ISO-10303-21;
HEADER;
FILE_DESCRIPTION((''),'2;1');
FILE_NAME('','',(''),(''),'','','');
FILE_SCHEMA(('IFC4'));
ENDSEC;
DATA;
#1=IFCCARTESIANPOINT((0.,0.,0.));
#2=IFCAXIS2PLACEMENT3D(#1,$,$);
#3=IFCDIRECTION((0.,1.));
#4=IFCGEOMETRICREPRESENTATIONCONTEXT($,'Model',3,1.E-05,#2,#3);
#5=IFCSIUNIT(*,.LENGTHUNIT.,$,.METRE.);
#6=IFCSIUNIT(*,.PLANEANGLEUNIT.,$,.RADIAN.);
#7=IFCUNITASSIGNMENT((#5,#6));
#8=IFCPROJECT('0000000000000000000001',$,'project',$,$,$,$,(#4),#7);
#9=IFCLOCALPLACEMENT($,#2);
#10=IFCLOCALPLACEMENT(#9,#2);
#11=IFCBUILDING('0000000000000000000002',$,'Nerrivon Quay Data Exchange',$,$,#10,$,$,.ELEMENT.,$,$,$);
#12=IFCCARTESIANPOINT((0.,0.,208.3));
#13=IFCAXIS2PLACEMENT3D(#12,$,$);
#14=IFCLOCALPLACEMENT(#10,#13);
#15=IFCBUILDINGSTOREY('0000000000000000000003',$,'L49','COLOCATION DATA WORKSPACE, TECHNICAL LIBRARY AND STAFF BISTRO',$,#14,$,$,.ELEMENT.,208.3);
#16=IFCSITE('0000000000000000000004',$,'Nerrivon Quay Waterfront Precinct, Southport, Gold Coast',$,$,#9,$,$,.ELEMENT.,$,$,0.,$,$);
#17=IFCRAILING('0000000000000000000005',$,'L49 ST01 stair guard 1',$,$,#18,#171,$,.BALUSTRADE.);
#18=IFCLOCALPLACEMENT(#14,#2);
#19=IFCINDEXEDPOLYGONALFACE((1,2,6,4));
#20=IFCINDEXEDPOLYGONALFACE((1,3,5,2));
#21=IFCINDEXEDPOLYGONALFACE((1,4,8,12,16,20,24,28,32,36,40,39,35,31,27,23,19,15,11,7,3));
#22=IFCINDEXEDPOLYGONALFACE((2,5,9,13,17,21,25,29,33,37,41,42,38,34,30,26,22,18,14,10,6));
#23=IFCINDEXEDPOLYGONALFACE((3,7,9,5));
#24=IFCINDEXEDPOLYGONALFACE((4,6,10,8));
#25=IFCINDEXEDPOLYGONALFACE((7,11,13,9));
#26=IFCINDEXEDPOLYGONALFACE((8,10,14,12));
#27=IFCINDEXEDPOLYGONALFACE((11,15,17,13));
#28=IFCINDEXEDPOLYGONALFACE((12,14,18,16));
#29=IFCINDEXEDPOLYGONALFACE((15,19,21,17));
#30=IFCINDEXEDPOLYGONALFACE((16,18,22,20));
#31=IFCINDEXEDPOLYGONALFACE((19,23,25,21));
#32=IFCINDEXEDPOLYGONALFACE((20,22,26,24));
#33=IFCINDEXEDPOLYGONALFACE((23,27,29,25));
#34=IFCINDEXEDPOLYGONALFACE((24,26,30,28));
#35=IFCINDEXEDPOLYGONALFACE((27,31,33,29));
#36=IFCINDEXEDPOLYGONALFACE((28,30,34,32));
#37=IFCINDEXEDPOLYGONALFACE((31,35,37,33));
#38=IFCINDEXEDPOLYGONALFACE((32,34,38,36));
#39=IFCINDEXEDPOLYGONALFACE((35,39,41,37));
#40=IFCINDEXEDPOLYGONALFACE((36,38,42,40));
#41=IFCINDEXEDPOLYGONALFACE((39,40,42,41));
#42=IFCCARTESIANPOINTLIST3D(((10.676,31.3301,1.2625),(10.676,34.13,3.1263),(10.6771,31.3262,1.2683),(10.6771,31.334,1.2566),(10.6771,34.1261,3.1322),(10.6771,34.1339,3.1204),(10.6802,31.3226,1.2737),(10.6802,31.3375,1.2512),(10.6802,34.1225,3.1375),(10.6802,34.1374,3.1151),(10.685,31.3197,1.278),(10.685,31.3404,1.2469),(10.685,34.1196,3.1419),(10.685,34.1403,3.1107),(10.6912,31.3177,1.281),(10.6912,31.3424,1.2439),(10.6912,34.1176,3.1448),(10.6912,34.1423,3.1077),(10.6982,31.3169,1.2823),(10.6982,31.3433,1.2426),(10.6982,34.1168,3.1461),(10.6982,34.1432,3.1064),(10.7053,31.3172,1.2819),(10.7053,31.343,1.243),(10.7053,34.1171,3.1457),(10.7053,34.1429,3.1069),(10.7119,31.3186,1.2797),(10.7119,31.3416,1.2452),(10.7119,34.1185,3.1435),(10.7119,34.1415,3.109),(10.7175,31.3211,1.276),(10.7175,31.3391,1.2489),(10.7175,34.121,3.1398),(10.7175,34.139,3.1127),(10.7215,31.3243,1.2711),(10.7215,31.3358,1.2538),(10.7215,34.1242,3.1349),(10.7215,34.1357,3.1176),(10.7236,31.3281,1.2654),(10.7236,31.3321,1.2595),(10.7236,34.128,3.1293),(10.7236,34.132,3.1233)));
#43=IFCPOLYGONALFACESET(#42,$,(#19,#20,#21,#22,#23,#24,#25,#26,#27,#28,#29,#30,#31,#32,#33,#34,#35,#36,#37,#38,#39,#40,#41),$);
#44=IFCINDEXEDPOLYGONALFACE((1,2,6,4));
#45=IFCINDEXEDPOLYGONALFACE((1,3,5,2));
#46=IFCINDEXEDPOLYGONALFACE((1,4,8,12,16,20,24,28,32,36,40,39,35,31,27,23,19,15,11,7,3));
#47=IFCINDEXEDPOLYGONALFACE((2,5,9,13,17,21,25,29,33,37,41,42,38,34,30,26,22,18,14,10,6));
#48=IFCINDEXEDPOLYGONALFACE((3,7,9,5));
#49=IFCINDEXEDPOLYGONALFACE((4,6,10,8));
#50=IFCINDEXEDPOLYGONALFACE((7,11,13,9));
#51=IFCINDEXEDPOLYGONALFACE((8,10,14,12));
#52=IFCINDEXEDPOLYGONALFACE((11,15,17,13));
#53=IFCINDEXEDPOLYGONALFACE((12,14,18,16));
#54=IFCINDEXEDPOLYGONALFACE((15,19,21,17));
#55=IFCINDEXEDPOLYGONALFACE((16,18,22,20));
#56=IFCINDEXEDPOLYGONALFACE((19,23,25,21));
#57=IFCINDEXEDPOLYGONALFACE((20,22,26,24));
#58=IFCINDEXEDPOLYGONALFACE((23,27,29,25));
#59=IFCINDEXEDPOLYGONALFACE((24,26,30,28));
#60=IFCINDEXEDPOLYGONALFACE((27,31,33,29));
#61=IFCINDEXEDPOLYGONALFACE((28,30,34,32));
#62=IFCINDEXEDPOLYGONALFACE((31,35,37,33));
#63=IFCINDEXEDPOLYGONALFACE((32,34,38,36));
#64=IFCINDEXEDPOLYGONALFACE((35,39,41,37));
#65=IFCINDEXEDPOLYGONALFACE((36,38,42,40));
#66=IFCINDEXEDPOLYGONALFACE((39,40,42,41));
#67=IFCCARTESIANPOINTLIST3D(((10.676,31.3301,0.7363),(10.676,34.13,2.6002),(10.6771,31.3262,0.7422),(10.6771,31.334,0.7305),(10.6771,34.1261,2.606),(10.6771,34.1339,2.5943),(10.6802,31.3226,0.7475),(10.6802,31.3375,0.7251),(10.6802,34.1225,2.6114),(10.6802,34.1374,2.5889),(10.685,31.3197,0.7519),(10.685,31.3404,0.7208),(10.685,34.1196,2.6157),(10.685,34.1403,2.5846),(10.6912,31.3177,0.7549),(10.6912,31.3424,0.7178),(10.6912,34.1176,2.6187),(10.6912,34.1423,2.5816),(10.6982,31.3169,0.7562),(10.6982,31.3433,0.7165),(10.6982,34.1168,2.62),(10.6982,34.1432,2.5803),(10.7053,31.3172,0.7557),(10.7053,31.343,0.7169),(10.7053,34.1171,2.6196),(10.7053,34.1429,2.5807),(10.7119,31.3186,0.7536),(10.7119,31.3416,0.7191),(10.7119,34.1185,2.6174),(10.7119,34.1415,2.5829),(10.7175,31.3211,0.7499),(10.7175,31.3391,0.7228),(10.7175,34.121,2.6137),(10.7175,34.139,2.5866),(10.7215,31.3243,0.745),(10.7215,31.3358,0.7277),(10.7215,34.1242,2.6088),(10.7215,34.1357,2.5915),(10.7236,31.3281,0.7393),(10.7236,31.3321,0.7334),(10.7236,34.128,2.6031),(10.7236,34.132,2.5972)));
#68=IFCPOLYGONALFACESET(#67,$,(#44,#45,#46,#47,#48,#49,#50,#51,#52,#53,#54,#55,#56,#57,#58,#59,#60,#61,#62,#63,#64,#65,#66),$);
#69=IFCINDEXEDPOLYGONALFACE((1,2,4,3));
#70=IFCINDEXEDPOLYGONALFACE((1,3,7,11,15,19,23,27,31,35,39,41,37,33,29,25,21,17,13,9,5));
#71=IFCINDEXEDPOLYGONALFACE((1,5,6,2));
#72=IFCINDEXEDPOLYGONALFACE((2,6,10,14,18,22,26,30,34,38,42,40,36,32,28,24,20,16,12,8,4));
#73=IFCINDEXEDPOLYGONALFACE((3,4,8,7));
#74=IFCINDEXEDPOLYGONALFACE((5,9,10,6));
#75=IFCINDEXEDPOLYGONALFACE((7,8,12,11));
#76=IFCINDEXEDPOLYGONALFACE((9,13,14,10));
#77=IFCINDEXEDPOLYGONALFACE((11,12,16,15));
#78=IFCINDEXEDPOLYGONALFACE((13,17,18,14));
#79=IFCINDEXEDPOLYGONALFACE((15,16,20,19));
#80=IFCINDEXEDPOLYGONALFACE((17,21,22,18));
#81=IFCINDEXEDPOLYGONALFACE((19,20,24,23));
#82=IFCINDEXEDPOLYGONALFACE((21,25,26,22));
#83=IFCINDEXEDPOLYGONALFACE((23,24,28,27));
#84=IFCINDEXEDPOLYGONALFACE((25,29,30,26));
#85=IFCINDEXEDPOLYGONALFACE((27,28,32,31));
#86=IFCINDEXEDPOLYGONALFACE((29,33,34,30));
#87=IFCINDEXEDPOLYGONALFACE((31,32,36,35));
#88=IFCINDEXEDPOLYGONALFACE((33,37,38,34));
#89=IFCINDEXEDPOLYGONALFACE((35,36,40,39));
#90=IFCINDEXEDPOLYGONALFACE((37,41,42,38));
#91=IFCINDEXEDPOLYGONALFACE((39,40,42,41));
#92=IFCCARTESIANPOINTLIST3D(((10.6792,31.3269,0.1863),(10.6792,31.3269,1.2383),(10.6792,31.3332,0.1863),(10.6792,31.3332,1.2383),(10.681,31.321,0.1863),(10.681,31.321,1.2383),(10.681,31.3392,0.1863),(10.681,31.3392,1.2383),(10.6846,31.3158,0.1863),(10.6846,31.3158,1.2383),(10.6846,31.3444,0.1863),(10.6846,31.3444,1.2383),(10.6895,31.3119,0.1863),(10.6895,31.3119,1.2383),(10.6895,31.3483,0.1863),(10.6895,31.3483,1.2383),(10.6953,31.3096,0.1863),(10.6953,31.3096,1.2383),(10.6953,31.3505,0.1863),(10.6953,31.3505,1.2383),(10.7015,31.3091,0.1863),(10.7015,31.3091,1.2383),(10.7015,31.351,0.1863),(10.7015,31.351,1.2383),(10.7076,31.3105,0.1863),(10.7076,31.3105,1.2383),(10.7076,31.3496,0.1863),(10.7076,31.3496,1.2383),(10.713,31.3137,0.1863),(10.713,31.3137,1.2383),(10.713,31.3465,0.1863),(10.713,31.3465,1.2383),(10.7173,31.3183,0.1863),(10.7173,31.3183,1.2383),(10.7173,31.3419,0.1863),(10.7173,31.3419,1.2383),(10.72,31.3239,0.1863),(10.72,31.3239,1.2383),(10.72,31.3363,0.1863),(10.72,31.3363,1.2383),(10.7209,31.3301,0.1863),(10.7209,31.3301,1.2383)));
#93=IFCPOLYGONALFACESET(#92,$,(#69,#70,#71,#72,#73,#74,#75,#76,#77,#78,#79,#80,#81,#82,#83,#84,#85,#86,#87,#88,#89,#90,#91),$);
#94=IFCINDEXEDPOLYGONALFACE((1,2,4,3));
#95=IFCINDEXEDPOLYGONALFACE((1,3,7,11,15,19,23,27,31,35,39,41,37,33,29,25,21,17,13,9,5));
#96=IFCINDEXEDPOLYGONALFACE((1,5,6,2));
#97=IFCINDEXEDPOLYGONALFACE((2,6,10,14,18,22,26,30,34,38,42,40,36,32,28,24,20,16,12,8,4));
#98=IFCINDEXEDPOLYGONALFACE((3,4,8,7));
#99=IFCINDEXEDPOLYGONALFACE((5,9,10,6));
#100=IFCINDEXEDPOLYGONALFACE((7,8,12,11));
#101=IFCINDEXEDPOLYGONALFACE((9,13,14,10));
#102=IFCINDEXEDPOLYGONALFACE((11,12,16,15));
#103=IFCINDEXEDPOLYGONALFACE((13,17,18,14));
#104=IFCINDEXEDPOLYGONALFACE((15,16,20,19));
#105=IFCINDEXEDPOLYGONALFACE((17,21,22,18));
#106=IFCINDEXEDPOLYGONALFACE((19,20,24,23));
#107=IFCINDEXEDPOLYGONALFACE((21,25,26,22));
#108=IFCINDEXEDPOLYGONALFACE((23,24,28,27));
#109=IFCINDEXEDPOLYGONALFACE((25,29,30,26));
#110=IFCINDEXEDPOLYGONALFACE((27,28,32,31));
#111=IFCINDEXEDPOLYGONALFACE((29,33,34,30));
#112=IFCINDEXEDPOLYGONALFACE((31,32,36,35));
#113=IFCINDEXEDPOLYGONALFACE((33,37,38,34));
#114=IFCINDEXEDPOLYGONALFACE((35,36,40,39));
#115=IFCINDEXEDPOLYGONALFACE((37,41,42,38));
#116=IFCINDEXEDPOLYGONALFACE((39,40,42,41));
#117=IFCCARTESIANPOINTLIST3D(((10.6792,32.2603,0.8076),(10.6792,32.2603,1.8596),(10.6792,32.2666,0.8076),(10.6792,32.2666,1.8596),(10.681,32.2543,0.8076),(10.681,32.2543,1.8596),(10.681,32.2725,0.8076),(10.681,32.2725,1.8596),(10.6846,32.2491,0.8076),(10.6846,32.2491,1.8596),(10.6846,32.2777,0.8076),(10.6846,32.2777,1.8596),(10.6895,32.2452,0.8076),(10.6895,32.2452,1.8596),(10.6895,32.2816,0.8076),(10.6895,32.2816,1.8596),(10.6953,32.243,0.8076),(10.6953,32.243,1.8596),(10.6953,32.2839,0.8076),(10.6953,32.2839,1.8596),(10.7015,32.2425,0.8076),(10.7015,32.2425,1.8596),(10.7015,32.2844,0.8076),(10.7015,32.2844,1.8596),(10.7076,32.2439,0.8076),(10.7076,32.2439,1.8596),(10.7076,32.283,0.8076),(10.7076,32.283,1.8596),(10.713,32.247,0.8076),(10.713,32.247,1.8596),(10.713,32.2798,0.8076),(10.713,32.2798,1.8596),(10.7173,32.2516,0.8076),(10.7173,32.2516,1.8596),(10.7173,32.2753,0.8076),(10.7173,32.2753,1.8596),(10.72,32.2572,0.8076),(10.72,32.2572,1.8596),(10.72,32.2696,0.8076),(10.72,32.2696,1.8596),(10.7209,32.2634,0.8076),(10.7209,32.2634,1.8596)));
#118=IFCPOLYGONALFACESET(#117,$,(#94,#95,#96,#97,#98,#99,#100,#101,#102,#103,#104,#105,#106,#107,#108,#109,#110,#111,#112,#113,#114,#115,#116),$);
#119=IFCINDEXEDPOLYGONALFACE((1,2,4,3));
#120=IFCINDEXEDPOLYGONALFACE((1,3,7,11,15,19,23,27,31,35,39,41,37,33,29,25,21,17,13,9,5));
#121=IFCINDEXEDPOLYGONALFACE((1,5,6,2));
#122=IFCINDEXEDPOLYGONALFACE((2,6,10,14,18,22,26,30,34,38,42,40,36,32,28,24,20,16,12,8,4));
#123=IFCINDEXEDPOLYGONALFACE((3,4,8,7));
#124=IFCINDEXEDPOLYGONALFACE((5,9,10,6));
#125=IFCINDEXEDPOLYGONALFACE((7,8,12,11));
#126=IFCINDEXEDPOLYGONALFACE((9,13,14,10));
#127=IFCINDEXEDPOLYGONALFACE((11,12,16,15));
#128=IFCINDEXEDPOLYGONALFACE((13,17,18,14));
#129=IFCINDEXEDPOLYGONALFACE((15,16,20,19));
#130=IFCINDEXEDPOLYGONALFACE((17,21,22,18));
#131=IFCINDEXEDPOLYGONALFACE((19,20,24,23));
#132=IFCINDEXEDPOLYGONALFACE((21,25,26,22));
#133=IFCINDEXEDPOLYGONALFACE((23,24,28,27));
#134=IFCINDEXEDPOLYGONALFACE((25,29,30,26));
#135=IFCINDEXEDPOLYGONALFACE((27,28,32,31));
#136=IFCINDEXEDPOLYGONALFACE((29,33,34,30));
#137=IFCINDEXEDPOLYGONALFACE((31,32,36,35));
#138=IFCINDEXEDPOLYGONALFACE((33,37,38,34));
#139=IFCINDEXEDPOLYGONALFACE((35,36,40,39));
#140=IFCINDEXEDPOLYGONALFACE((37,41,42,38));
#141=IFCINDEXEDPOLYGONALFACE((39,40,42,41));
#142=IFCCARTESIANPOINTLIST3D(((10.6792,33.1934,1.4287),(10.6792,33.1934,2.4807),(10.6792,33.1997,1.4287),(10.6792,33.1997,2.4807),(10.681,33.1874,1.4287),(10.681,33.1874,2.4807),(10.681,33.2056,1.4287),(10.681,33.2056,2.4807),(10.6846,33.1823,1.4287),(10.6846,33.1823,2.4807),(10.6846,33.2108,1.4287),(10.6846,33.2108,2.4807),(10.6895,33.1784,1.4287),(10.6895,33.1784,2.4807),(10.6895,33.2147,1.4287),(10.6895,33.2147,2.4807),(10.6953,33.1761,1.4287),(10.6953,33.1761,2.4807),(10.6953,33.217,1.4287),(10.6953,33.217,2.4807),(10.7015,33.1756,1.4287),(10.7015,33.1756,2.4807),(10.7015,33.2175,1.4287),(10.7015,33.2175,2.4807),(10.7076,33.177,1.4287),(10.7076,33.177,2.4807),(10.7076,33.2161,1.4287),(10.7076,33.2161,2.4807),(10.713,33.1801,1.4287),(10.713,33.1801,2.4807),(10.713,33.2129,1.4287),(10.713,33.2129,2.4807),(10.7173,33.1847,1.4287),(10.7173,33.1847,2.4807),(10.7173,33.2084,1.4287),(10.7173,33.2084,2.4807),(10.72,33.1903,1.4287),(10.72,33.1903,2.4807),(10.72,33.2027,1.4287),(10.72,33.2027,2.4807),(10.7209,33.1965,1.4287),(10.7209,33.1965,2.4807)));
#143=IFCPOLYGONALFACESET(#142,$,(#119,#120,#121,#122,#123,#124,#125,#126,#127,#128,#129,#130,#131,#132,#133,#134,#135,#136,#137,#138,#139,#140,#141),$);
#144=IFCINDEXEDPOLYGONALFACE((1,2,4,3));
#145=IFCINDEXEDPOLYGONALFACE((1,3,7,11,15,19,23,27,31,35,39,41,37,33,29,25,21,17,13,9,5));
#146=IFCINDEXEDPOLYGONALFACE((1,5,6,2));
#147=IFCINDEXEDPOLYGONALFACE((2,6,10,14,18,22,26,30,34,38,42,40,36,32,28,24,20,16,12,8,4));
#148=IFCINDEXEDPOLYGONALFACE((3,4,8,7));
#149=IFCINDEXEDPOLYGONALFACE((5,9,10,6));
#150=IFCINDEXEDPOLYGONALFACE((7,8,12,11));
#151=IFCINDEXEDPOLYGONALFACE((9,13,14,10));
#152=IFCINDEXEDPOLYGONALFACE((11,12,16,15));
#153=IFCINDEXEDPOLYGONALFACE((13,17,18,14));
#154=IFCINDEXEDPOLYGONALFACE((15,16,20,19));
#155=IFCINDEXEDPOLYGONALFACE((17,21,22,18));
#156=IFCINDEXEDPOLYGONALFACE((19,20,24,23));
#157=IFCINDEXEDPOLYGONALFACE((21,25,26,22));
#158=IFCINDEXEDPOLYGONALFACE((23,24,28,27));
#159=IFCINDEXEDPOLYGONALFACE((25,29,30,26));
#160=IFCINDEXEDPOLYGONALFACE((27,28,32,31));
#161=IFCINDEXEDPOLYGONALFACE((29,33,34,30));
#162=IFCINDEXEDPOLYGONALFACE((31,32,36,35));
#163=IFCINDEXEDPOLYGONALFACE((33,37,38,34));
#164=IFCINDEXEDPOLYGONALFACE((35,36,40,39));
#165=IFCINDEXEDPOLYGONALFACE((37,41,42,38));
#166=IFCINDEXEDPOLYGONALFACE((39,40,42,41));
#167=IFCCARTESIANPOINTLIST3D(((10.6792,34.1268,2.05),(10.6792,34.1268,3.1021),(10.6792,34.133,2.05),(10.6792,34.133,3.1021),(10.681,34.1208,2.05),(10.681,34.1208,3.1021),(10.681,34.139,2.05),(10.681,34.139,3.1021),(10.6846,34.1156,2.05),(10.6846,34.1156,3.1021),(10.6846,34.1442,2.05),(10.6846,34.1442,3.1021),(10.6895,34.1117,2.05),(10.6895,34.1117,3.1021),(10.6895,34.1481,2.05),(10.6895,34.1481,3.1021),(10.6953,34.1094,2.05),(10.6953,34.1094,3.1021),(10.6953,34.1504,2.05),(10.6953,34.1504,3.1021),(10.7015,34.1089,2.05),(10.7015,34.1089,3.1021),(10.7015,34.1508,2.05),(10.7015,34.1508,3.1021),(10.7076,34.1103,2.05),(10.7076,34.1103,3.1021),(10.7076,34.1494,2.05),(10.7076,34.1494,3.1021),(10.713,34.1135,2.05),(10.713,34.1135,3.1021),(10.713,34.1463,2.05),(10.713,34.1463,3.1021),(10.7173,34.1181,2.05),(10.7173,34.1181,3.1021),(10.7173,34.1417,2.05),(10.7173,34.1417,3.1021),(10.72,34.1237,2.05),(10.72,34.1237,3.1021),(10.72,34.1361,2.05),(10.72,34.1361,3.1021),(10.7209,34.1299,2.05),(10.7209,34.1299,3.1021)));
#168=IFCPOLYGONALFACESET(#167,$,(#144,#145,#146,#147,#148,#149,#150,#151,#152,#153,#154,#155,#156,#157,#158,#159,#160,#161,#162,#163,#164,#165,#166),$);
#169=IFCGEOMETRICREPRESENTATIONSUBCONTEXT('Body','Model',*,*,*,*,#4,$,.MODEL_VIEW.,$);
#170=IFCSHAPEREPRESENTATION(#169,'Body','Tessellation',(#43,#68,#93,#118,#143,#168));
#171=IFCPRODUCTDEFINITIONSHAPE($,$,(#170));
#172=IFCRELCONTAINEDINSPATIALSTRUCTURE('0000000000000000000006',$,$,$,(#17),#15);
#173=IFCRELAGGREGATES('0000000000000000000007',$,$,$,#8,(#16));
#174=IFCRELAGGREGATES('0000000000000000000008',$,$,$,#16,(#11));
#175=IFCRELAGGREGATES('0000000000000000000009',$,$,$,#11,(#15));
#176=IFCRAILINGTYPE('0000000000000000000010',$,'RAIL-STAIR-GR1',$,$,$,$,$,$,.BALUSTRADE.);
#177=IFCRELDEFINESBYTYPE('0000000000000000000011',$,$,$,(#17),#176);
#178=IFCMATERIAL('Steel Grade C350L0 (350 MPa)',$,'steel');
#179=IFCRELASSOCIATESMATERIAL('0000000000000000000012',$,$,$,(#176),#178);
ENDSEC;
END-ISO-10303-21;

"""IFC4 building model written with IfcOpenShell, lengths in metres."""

from ifc_helpers import new_model, si_unit, direction, frame, origin, origin_2d, place, context, subcontext, project, spatial, circle, extrude, material, type_object, element, save


model = new_model("IFC4")

# Units and contexts
model_context = context("Model", 3, precision=1e-05, world=origin(), true_north=direction((0.0, 1.0)))
body_context = subcontext(model_context, "Body", "Model", "MODEL_VIEW")
ifc_project = project(units=[si_unit("LENGTHUNIT", "METRE"), si_unit("PLANEANGLEUNIT", "RADIAN")], contexts=[model_context])

# Site, building, storey
site_placement = place(None, origin())
site = spatial("IfcSite", under=ifc_project, at=site_placement, Name="Nerrivon Quay Waterfront Precinct, Southport, Gold Coast", CompositionType="ELEMENT", RefElevation=0.0)
building_placement = place(site_placement, origin())
building = spatial("IfcBuilding", under=site, at=building_placement, Name="Nerrivon Quay Data Exchange", CompositionType="ELEMENT")
storey_placement = place(building_placement, frame((0.0, 0.0, 208.3)))
storey = spatial("IfcBuildingStorey", under=building, at=storey_placement, Name="L49", Description="COLOCATION DATA WORKSPACE, TECHNICAL LIBRARY AND STAFF BISTRO", CompositionType="ELEMENT", Elevation=208.3)

# Railing
ifc_material_1 = material(Name="Steel Grade C350L0 (350 MPa)", Category="steel")
railing_type_1 = type_object("IfcRailingType", Name="RAIL-STAIR-GR1", PredefinedType="BALUSTRADE", material=ifc_material_1)
railing_1_placement = place(storey_placement, frame((10.7, 31.3301, 0.1863)))
element("IfcRailing", 1, at=railing_1_placement, inside=storey, type_object=railing_type_1, Name="L49 ST01 stair guard 1", PredefinedType="BALUSTRADE", context=body_context, shape_type="SweptSolid", body=[
    extrude(circle(Radius=0.0239, at=origin_2d()), frame((0.0, 0.0, 1.0762), z_axis=(0.0, 0.83243, 0.554131), x_axis=(-1.0, 0.0, 0.0)), (0.0, 0.0, 1.0), 3.3635),
    extrude(circle(Radius=0.0239, at=origin_2d()), frame((0.0, 0.0, 0.55), z_axis=(0.0, 0.83243, 0.554131), x_axis=(-1.0, 0.0, 0.0)), (0.0, 0.0, 1.0), 3.3635),
    extrude(circle(Radius=0.021, at=origin_2d()), origin(), (0.0, 0.0, 1.0), 1.052),
    extrude(circle(Radius=0.021, at=origin_2d()), frame((0.0, 0.9333, 0.6213)), (0.0, 0.0, 1.0), 1.052),
    extrude(circle(Radius=0.021, at=origin_2d()), frame((0.0, 1.8665, 1.2424)), (0.0, 0.0, 1.0), 1.052),
    extrude(circle(Radius=0.021, at=origin_2d()), frame((0.0, 2.7998, 1.8638)), (0.0, 0.0, 1.0), 1.052),
])

save(model, "model.ifc")
